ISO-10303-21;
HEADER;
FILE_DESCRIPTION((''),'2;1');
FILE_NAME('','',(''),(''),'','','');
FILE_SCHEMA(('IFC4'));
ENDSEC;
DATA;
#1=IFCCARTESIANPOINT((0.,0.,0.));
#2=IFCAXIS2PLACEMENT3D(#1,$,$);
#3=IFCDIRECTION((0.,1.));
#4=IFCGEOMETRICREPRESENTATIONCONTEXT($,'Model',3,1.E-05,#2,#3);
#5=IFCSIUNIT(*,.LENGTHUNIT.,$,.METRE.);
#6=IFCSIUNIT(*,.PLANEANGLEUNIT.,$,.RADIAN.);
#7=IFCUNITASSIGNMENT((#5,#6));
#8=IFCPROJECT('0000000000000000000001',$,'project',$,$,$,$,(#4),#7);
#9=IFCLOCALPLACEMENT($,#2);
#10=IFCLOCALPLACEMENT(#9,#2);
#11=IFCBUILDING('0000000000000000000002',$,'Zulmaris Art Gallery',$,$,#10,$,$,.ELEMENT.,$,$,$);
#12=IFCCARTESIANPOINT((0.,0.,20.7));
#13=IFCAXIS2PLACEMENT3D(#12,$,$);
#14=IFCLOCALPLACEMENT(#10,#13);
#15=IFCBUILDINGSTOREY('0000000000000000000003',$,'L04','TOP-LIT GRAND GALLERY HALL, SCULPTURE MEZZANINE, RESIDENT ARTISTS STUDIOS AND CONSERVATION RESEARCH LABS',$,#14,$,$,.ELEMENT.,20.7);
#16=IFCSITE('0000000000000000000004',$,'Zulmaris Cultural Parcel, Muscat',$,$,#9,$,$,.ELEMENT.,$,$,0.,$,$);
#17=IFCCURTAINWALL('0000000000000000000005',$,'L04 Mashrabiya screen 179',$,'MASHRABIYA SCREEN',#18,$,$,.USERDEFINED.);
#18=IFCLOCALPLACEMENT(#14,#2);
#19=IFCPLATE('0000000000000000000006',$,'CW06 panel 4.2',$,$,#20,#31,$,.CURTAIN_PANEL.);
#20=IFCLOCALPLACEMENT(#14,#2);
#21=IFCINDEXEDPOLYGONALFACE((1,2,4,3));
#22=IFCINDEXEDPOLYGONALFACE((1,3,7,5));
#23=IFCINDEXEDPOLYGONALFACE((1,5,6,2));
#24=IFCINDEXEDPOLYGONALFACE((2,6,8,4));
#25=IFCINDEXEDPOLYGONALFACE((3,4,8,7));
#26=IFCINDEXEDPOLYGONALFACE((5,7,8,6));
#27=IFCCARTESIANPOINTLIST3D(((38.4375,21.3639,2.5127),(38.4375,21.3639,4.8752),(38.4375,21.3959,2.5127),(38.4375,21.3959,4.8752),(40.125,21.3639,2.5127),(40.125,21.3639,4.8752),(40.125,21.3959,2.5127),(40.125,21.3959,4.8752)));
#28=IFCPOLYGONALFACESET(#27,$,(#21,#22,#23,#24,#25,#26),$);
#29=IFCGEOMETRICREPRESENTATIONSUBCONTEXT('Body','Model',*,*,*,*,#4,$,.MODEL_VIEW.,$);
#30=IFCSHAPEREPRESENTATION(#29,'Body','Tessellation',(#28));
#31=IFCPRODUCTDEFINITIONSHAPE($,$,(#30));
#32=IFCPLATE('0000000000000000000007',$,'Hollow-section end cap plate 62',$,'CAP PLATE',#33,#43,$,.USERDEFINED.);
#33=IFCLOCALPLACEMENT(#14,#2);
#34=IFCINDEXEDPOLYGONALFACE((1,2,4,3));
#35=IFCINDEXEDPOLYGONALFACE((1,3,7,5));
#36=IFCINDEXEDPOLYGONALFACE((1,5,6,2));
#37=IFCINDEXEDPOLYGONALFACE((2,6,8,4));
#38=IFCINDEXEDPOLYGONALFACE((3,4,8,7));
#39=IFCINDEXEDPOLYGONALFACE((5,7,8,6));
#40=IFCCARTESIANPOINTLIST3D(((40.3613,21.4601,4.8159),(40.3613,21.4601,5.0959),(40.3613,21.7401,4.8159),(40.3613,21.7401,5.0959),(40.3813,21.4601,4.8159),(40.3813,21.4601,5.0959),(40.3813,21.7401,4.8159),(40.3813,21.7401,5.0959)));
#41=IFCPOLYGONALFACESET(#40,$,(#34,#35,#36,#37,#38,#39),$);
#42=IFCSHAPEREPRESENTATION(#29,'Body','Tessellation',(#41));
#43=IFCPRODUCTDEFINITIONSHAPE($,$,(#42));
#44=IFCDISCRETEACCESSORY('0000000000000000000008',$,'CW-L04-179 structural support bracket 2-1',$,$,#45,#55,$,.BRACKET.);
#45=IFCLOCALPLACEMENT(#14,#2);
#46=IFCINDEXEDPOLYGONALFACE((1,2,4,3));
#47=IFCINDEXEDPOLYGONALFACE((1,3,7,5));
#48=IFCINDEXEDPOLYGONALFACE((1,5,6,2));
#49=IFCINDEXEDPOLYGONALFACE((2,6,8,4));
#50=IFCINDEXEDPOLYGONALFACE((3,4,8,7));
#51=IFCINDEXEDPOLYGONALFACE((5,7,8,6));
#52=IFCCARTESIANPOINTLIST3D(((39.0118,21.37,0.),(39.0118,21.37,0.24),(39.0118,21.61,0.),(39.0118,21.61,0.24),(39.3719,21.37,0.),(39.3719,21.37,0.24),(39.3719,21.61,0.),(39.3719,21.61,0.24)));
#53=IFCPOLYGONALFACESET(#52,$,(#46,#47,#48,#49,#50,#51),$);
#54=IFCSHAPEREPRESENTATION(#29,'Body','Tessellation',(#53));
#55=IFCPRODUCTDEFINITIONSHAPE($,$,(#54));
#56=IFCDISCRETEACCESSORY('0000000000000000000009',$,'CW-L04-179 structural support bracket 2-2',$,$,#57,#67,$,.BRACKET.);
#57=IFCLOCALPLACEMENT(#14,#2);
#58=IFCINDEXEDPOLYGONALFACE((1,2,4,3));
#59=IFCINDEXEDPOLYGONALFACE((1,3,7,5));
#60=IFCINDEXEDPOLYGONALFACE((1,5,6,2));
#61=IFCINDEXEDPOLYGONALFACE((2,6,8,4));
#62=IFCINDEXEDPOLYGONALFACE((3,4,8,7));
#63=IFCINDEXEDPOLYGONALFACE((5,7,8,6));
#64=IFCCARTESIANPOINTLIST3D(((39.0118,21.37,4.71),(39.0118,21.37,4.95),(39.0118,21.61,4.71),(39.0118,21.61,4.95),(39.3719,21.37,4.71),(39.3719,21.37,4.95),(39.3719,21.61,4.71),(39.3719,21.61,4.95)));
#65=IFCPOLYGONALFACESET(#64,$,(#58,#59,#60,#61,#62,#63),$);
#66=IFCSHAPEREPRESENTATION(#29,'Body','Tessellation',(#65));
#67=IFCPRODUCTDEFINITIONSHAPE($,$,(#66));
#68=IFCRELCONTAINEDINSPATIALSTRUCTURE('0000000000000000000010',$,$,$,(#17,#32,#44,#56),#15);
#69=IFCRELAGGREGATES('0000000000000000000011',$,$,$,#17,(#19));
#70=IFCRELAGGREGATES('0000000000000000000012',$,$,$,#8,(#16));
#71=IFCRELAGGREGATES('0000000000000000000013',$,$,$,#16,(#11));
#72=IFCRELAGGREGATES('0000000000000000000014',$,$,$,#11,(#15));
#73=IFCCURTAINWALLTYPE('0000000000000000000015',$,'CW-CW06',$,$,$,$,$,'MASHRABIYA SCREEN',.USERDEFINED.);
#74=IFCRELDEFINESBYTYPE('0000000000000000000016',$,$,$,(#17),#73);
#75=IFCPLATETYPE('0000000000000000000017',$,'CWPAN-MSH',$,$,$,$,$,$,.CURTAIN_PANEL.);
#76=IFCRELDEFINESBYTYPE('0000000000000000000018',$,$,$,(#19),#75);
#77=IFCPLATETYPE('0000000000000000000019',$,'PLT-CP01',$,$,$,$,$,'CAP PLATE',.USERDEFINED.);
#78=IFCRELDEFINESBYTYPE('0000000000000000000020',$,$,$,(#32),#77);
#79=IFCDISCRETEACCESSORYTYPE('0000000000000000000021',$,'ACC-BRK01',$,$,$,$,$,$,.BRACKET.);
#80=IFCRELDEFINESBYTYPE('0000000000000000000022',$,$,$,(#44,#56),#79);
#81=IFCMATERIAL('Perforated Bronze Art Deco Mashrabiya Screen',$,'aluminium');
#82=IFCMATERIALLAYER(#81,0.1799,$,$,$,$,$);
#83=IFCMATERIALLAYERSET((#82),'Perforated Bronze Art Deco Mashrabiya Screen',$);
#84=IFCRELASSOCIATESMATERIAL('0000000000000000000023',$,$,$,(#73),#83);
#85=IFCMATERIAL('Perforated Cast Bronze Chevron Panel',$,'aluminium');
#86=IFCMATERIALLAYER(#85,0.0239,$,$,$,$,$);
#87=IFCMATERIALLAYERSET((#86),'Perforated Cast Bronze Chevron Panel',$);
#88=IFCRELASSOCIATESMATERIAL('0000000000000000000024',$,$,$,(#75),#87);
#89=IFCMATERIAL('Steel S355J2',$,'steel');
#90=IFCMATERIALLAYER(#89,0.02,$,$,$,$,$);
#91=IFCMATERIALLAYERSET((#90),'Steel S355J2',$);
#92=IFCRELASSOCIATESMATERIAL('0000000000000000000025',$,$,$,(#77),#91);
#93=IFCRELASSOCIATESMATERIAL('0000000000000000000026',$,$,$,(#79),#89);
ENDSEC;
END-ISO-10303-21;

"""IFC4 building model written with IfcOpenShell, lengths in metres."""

from ifc_helpers import new_model, si_unit, direction, frame, origin, origin_2d, place, context, subcontext, project, spatial, rectangle, extrude, material, layer, layer_set, type_object, element, aggregate, save


model = new_model("IFC4")

# Units and contexts
model_context = context("Model", 3, precision=1e-05, world=origin(), true_north=direction((0.0, 1.0)))
body_context = subcontext(model_context, "Body", "Model", "MODEL_VIEW")
ifc_project = project(units=[si_unit("LENGTHUNIT", "METRE"), si_unit("PLANEANGLEUNIT", "RADIAN")], contexts=[model_context])

# Site, building, storey
site_placement = place(None, origin())
site = spatial("IfcSite", under=ifc_project, at=site_placement, Name="Zulmaris Cultural Parcel, Muscat", CompositionType="ELEMENT", RefElevation=0.0)
building_placement = place(site_placement, origin())
building = spatial("IfcBuilding", under=site, at=building_placement, Name="Zulmaris Art Gallery", CompositionType="ELEMENT")
storey_placement = place(building_placement, frame((0.0, 0.0, 20.7)))
storey = spatial("IfcBuildingStorey", under=building, at=storey_placement, Name="L04", Description="TOP-LIT GRAND GALLERY HALL, SCULPTURE MEZZANINE, RESIDENT ARTISTS STUDIOS AND CONSERVATION RESEARCH LABS", CompositionType="ELEMENT", Elevation=20.7)

# Curtain wall
ifc_material_1 = material(Name="Perforated Bronze Art Deco Mashrabiya Screen", Category="aluminium")
ifc_layer_1 = layer(ifc_material_1, 0.1799)
ifc_layer_set_1 = layer_set([ifc_layer_1], Name="Perforated Bronze Art Deco Mashrabiya Screen")
curtain_wall_type_1 = type_object("IfcCurtainWallType", Name="CW-CW06", ElementType="MASHRABIYA SCREEN", PredefinedType="USERDEFINED", material=ifc_layer_set_1)
curtain_wall_1_placement = place(storey_placement, origin())
curtain_wall_1 = element("IfcCurtainWall", 1, at=curtain_wall_1_placement, inside=storey, type_object=curtain_wall_type_1, Name="L04 Mashrabiya screen 179", ObjectType="MASHRABIYA SCREEN", PredefinedType="USERDEFINED")

# Plates
ifc_material_2 = material(Name="Perforated Cast Bronze Chevron Panel", Category="aluminium")
ifc_layer_2 = layer(ifc_material_2, 0.0239)
ifc_layer_set_2 = layer_set([ifc_layer_2], Name="Perforated Cast Bronze Chevron Panel")
plate_type_1 = type_object("IfcPlateType", Name="CWPAN-MSH", PredefinedType="CURTAIN_PANEL", material=ifc_layer_set_2)
plate_1_placement = place(storey_placement, frame((39.2812, 21.3799, 2.5127), z_axis=(0.0, 0.0, 1.0), x_axis=(1.0, 0.0, 0.0)))
plate_1 = element("IfcPlate", 2, at=plate_1_placement, type_object=plate_type_1, Name="CW06 panel 4.2", PredefinedType="CURTAIN_PANEL", context=body_context, shape_type="SweptSolid", body=[
    extrude(rectangle(XDim=1.6875, YDim=0.032, at=origin_2d()), origin(), (0.0, 0.0, 1.0), 2.3625),
])
aggregate(curtain_wall_1, [plate_1])
ifc_material_3 = material(Name="Steel S355J2", Category="steel")
ifc_layer_3 = layer(ifc_material_3, 0.02)
ifc_layer_set_3 = layer_set([ifc_layer_3], Name="Steel S355J2")
plate_type_2 = type_object("IfcPlateType", Name="PLT-CP01", ElementType="CAP PLATE", PredefinedType="USERDEFINED", material=ifc_layer_set_3)
plate_2_placement = place(storey_placement, frame((40.3713, 21.6001, 4.8159), z_axis=(0.0, 0.0, 1.0), x_axis=(1.0, 0.0, 0.0)))
element("IfcPlate", 3, at=plate_2_placement, inside=storey, type_object=plate_type_2, Name="Hollow-section end cap plate 62", ObjectType="CAP PLATE", PredefinedType="USERDEFINED", context=body_context, shape_type="SweptSolid", body=[
    extrude(rectangle(XDim=0.02, YDim=0.28, at=origin_2d()), origin(), (0.0, 0.0, 1.0), 0.28),
])

# Discrete accessories
discrete_accessory_type = type_object("IfcDiscreteAccessoryType", Name="ACC-BRK01", PredefinedType="BRACKET", material=ifc_material_3)
for number, where, z_axis, x_axis, name in (
    (4, (39.1919, 21.49, 0.0), (0.0, 0.0, 1.0), (1.0, 0.0, 0.0), "CW-L04-179 structural support bracket 2-1"),
    (5, (39.1919, 21.49, 4.71), (0.0, 0.0, 1.0), (1.0, 0.0, 0.0), "CW-L04-179 structural support bracket 2-2"),
):
    element("IfcDiscreteAccessory", number, at=place(storey_placement, frame(where, z_axis=z_axis, x_axis=x_axis)), inside=storey, type_object=discrete_accessory_type, Name=name, PredefinedType="BRACKET", context=body_context, shape_type="SweptSolid", body=[
        extrude(rectangle(XDim=0.3601, YDim=0.24, at=origin_2d()), origin(), (0.0, 0.0, 1.0), 0.24),
    ])

save(model, "model.ifc")
